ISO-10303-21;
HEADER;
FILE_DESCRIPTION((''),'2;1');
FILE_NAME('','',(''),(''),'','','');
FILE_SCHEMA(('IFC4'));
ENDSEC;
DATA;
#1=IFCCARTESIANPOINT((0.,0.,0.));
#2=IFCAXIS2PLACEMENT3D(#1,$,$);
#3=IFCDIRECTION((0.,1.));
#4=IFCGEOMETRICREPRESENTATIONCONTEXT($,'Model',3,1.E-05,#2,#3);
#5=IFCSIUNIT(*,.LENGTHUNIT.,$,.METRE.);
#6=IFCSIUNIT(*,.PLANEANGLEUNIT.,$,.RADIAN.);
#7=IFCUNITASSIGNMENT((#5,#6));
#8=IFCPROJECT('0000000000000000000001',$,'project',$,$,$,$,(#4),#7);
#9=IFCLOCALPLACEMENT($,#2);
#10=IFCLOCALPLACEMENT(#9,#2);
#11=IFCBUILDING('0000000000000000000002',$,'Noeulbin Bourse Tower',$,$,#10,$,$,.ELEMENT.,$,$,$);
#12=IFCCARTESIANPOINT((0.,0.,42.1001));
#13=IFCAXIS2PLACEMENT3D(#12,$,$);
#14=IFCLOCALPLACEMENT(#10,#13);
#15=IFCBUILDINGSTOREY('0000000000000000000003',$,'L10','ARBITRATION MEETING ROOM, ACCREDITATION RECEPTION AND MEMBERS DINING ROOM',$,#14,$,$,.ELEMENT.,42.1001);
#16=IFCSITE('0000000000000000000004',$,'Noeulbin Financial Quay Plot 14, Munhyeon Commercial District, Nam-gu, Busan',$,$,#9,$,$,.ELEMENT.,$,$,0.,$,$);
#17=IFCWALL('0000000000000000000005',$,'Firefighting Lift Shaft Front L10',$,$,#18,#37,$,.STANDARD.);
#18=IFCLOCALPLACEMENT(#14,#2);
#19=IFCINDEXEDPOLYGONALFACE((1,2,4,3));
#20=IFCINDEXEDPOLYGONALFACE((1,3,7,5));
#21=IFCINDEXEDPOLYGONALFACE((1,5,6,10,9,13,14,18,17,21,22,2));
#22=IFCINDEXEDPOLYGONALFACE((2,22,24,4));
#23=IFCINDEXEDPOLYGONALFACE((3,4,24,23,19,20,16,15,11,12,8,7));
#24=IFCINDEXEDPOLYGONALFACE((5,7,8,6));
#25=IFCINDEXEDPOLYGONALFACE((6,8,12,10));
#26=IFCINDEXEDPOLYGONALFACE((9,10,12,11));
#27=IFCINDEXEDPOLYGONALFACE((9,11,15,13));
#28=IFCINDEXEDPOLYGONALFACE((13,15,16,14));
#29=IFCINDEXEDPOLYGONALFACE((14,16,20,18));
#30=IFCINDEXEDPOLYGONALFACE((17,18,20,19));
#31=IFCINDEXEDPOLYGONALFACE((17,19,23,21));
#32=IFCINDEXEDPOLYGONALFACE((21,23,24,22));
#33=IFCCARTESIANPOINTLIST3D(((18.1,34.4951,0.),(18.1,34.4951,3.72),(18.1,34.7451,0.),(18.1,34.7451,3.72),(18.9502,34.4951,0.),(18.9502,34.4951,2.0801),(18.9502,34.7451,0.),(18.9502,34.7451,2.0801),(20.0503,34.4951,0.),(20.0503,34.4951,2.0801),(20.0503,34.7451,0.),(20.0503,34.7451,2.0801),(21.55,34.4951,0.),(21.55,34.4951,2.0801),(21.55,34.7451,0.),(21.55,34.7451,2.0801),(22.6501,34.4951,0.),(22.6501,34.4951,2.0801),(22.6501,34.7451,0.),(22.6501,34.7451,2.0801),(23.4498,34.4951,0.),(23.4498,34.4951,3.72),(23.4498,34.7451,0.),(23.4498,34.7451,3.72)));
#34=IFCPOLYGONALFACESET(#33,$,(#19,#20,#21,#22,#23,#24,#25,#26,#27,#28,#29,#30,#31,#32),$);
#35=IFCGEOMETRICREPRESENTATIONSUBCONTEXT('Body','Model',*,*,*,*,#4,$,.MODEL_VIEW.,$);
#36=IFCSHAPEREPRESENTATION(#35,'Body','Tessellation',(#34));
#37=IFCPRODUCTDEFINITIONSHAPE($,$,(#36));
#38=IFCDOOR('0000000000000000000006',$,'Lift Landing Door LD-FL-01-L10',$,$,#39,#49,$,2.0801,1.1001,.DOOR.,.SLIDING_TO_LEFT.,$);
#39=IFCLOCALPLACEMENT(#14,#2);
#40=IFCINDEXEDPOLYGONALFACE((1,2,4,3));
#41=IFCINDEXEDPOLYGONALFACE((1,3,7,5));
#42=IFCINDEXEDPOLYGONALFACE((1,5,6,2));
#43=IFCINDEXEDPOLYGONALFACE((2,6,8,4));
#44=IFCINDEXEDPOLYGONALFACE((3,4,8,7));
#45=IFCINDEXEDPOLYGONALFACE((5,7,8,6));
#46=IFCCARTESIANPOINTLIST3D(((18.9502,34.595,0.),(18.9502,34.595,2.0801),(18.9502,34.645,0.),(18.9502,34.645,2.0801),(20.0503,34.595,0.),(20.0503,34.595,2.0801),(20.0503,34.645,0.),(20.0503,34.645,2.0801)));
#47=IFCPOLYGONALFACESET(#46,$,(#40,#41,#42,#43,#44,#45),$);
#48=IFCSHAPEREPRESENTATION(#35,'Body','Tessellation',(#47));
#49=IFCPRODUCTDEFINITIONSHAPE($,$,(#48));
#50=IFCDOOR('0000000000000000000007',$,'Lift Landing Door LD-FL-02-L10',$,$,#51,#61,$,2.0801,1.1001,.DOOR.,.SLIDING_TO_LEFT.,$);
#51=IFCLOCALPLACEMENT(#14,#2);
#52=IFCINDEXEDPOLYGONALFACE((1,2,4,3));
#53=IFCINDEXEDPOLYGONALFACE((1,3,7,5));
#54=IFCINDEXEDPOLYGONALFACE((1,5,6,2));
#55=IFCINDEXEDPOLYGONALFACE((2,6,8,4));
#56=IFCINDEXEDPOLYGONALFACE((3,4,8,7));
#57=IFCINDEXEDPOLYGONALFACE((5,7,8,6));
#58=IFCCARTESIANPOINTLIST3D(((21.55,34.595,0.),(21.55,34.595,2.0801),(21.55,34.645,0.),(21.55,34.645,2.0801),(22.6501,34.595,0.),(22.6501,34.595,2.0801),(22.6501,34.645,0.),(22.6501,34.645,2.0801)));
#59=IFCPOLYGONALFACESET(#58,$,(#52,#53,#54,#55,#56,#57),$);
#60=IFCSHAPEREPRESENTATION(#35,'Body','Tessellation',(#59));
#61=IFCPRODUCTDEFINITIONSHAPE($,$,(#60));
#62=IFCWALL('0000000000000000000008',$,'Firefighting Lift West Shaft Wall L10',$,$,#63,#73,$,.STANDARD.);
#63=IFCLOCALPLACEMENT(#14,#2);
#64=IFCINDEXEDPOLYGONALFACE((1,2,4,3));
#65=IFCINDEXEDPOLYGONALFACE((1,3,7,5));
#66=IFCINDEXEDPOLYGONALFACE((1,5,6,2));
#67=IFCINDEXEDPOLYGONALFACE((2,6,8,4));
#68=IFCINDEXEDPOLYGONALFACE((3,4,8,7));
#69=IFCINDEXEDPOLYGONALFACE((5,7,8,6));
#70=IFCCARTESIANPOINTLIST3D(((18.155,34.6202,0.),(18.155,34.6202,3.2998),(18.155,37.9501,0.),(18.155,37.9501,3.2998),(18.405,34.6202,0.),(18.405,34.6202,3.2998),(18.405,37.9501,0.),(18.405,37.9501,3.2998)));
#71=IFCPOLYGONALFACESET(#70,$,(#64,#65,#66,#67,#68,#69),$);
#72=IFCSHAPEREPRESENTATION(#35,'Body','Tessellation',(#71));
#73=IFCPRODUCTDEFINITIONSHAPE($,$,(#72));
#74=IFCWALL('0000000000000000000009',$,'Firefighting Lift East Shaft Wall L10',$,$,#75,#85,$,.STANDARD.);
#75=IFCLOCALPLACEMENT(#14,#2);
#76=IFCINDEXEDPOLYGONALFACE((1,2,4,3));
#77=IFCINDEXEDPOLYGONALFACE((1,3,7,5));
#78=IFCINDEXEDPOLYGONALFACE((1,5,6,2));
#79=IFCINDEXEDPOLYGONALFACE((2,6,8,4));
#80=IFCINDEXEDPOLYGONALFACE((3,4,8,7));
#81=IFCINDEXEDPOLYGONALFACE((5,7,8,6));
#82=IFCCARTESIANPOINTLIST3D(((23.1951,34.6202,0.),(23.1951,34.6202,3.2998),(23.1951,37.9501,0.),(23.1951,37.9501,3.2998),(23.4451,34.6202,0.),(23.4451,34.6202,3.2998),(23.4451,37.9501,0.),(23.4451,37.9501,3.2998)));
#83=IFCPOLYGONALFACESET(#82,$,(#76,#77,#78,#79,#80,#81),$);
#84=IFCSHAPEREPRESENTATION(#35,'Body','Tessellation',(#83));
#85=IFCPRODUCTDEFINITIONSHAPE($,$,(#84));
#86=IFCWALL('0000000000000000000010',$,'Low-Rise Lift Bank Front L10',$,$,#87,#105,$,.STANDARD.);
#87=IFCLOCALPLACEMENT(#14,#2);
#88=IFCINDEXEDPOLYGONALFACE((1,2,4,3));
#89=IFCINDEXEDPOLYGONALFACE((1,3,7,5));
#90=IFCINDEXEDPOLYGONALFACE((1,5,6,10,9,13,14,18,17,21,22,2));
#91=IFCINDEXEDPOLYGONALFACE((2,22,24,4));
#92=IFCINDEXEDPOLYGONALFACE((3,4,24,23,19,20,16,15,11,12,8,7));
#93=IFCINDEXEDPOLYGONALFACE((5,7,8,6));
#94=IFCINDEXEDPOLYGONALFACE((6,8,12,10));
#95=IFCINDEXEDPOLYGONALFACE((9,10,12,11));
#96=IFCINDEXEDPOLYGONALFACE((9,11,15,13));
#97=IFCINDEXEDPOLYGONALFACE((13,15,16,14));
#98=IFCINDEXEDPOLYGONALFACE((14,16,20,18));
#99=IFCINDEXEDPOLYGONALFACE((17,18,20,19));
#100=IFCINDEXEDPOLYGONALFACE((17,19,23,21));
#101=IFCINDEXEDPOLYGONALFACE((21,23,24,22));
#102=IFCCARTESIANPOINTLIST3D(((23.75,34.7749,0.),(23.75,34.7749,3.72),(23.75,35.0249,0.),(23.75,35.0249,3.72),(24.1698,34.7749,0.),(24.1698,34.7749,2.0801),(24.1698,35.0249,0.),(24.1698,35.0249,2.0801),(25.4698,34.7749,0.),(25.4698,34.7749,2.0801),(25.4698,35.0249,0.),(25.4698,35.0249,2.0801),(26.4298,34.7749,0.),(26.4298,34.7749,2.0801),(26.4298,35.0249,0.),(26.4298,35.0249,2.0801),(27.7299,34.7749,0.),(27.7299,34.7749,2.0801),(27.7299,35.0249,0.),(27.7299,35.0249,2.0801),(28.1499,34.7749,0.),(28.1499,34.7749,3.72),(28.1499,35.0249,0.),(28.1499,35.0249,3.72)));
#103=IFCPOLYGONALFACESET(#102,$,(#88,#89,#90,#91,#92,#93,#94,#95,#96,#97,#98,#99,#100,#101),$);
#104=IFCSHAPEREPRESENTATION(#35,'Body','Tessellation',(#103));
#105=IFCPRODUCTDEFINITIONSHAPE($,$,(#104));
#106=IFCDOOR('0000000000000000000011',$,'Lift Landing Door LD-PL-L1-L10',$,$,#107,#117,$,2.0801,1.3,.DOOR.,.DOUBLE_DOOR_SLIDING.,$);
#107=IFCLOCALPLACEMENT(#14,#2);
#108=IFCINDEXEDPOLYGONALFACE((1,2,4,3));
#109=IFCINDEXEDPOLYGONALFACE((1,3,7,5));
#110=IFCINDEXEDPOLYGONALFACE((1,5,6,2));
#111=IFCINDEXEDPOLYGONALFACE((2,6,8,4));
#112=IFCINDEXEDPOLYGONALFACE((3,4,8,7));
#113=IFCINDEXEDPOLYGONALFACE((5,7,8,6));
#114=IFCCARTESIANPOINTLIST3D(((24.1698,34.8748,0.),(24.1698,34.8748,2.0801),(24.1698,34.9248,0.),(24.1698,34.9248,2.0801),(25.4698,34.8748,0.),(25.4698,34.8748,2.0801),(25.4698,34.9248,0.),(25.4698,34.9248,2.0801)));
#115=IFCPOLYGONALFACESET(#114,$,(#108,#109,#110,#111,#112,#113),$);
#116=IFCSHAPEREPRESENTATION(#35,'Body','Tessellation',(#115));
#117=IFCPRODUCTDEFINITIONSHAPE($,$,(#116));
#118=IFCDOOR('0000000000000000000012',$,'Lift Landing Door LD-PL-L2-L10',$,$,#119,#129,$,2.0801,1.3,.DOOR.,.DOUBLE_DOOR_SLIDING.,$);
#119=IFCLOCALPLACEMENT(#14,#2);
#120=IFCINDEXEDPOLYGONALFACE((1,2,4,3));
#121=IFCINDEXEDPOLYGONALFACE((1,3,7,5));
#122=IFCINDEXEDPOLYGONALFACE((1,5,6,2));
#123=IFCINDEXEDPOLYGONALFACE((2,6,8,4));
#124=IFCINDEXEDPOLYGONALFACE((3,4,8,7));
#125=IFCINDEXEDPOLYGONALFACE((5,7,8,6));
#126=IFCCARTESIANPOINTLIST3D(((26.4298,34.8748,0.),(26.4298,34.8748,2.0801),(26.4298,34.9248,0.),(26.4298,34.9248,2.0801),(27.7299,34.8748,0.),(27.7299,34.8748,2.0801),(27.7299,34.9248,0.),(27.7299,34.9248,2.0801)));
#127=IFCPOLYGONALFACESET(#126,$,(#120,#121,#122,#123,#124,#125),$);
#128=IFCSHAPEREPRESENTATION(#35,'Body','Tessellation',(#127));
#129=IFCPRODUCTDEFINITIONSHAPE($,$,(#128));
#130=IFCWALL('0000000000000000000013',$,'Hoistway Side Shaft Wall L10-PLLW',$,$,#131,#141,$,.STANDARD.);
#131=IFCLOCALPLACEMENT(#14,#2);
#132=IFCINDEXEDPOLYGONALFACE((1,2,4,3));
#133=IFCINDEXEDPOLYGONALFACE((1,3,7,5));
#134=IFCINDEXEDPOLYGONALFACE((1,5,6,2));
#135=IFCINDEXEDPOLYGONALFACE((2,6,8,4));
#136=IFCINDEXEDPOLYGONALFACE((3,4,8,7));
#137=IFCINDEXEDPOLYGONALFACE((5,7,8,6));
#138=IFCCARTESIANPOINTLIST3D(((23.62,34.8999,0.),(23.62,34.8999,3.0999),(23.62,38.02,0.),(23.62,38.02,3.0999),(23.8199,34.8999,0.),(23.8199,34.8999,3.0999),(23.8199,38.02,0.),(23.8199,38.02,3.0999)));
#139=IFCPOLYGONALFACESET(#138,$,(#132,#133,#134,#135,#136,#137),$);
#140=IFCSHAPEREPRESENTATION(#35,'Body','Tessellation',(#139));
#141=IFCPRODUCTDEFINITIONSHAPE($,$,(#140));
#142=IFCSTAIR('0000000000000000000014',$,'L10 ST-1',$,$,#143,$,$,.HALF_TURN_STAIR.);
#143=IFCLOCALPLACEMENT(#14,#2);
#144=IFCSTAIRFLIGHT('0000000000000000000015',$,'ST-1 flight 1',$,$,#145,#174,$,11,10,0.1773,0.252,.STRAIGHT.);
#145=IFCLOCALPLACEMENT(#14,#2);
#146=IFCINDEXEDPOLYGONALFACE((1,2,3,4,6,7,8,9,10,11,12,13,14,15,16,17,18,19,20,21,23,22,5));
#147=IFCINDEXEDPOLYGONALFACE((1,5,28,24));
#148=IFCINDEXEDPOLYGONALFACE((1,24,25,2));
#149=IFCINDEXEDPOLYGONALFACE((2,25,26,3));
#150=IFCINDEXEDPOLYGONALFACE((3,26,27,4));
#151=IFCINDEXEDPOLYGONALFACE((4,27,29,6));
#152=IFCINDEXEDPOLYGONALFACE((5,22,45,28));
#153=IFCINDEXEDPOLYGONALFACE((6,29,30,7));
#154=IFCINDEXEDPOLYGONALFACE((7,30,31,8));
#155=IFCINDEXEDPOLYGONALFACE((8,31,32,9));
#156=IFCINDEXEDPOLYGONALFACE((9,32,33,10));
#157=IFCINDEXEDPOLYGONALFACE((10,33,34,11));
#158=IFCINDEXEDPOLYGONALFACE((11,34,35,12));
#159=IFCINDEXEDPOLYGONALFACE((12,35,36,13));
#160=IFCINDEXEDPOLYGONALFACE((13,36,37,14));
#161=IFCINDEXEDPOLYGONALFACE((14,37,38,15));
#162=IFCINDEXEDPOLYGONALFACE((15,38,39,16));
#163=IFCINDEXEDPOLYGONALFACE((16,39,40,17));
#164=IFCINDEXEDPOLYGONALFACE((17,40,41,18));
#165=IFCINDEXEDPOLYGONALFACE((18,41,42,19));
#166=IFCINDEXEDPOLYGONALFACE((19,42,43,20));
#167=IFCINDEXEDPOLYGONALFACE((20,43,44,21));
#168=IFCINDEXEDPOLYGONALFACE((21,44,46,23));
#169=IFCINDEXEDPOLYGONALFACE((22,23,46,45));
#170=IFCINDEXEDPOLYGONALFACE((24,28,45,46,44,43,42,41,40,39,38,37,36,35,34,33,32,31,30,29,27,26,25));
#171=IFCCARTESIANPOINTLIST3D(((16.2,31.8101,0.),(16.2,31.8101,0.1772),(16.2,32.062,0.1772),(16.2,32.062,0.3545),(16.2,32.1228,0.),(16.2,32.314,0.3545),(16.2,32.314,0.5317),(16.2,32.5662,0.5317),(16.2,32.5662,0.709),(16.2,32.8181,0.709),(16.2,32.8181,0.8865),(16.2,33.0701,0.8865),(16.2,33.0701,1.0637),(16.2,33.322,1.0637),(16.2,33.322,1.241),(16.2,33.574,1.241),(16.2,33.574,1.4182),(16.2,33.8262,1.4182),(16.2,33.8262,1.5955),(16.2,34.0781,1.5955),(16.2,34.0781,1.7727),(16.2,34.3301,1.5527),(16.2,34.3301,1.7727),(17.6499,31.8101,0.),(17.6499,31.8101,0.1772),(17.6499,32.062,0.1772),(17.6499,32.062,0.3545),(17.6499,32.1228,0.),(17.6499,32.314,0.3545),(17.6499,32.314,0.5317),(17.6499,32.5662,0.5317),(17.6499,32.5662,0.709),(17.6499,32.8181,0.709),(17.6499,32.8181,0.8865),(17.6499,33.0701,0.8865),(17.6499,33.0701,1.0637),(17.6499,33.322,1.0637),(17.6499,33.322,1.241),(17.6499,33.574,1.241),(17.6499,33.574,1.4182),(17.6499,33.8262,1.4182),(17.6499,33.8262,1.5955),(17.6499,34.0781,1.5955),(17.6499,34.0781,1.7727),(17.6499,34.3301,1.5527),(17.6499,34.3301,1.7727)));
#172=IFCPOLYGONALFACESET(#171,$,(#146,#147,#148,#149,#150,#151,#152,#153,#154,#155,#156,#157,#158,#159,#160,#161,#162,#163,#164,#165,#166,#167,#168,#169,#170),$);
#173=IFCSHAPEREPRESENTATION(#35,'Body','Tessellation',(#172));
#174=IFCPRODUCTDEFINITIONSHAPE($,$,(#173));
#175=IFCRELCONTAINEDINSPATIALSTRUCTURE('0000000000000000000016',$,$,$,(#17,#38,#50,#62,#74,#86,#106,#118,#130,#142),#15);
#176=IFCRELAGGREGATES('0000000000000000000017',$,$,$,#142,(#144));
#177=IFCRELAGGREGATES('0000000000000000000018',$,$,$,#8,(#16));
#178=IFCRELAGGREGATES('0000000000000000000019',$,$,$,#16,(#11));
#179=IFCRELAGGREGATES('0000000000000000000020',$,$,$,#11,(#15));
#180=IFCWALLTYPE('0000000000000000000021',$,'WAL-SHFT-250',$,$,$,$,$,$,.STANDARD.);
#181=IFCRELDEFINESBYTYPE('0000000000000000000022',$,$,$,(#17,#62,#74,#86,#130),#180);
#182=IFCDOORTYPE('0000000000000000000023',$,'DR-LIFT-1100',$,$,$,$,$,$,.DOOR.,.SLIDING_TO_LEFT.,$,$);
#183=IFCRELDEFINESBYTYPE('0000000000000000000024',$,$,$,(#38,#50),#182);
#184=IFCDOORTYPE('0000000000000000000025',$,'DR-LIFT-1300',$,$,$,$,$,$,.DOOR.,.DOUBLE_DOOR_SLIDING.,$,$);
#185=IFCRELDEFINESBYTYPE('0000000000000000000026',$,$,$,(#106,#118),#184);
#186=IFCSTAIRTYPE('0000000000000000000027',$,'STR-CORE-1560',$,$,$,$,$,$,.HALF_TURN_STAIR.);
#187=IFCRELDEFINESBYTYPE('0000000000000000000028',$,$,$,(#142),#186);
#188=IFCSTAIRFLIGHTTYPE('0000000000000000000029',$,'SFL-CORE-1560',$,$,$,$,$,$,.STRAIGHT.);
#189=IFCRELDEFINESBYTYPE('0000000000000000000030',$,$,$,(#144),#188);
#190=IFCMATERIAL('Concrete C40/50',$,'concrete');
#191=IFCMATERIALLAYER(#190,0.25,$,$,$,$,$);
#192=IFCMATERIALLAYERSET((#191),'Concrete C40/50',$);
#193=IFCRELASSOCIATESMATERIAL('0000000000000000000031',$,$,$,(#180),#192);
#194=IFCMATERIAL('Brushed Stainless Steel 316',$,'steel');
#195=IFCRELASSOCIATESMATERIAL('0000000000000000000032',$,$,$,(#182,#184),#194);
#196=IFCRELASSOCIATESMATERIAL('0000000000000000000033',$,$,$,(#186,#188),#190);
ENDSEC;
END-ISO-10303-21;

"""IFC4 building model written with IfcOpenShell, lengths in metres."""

from ifc_helpers import new_model, si_unit, direction, frame, frame_2d, origin, place, context, subcontext, project, spatial, polyline, rectangle, outline, extrude, material, layer, layer_set, type_object, element, fill, aggregate, save


model = new_model("IFC4")

# Units and contexts
model_context = context("Model", 3, precision=1e-05, world=origin(), true_north=direction((0.0, 1.0)))
body_context = subcontext(model_context, "Body", "Model", "MODEL_VIEW")
ifc_project = project(units=[si_unit("LENGTHUNIT", "METRE"), si_unit("PLANEANGLEUNIT", "RADIAN")], contexts=[model_context])

# Site, building, storey
site_placement = place(None, origin())
site = spatial("IfcSite", under=ifc_project, at=site_placement, Name="Noeulbin Financial Quay Plot 14, Munhyeon Commercial District, Nam-gu, Busan", CompositionType="ELEMENT", RefElevation=0.0)
building_placement = place(site_placement, origin())
building = spatial("IfcBuilding", under=site, at=building_placement, Name="Noeulbin Bourse Tower", CompositionType="ELEMENT")
storey_placement = place(building_placement, frame((0.0, 0.0, 42.1001)))
storey = spatial("IfcBuildingStorey", under=building, at=storey_placement, Name="L10", Description="ARBITRATION MEETING ROOM, ACCREDITATION RECEPTION AND MEMBERS DINING ROOM", CompositionType="ELEMENT", Elevation=42.1001)

# Shared definitions
ifc_material_1 = material(Name="Concrete C40/50", Category="concrete")

# Shared definitions
ifc_layer_1 = layer(ifc_material_1, 0.25)
ifc_layer_set_1 = layer_set([ifc_layer_1], Name="Concrete C40/50")
wall_type_1 = type_object("IfcWallType", Name="WAL-SHFT-250", PredefinedType="STANDARD", material=ifc_layer_set_1)

# Wall, openings, doors
wall_1_placement = place(storey_placement, frame((18.1001, 34.6201, 0.0), z_axis=(0.0, 0.0, 1.0), x_axis=(1.0, 0.0, 0.0)))
wall_1 = element("IfcWall", 1, at=wall_1_placement, inside=storey, type_object=wall_type_1, Name="Firefighting Lift Shaft Front L10", PredefinedType="STANDARD", context=body_context, shape_type="SweptSolid", body=[
    extrude(rectangle(XDim=5.3499, YDim=0.25, at=frame_2d((2.6748, 0.0))), origin(), (0.0, 0.0, 1.0), 3.72),
])
opening_1_placement = place(wall_1_placement, frame((0.8501, 0.0, 0.0)))
opening_1 = element("IfcOpeningElement", 2, at=opening_1_placement, cuts=wall_1, PredefinedType="OPENING", context=body_context, shape_type="SweptSolid", body=[
    extrude(rectangle(XDim=1.1001, YDim=2.0801, at=frame_2d((0.55, 1.04))), frame((0.0, 0.135, 0.0), z_axis=(0.0, -1.0, 0.0), x_axis=(1.0, 0.0, 0.0)), (0.0, 0.0, 1.0), 0.27),
])
opening_2_placement = place(wall_1_placement, frame((3.45, 0.0, 0.0)))
opening_2 = element("IfcOpeningElement", 3, at=opening_2_placement, cuts=wall_1, PredefinedType="OPENING", context=body_context, shape_type="SweptSolid", body=[
    extrude(rectangle(XDim=1.1001, YDim=2.0801, at=frame_2d((0.55, 1.04))), frame((0.0, 0.135, 0.0), z_axis=(0.0, -1.0, 0.0), x_axis=(1.0, 0.0, 0.0)), (0.0, 0.0, 1.0), 0.27),
])
ifc_material_2 = material(Name="Brushed Stainless Steel 316", Category="steel")
door_type_1 = type_object("IfcDoorType", Name="DR-LIFT-1100", OperationType="SLIDING_TO_LEFT", PredefinedType="DOOR", material=ifc_material_2)
door_1_placement = place(opening_1_placement, origin())
door_1 = element("IfcDoor", 4, at=door_1_placement, inside=storey, type_object=door_type_1, Name="Lift Landing Door LD-FL-01-L10", OperationType="SLIDING_TO_LEFT", OverallHeight=2.0801, OverallWidth=1.1001, PredefinedType="DOOR", context=body_context, shape_type="SweptSolid", body=[
    extrude(rectangle(XDim=1.1001, YDim=2.0801, at=frame_2d((0.55, 1.04))), frame((0.0, 0.0249, 0.0), z_axis=(0.0, -1.0, 0.0), x_axis=(1.0, 0.0, 0.0)), (0.0, 0.0, 1.0), 0.05),
])
fill(opening_1, door_1)
door_2_placement = place(opening_2_placement, origin())
door_2 = element("IfcDoor", 5, at=door_2_placement, inside=storey, type_object=door_type_1, Name="Lift Landing Door LD-FL-02-L10", OperationType="SLIDING_TO_LEFT", OverallHeight=2.0801, OverallWidth=1.1001, PredefinedType="DOOR", context=body_context, shape_type="SweptSolid", body=[
    extrude(rectangle(XDim=1.1001, YDim=2.0801, at=frame_2d((0.55, 1.04))), frame((0.0, 0.0249, 0.0), z_axis=(0.0, -1.0, 0.0), x_axis=(1.0, 0.0, 0.0)), (0.0, 0.0, 1.0), 0.05),
])
fill(opening_2, door_2)

# Walls
for number, where, z_axis, x_axis, name in (
    (6, (18.28, 34.6201, 0.0), (0.0, 0.0, 1.0), (0.0, 1.0, 0.0), "Firefighting Lift West Shaft Wall L10"),
    (7, (23.3201, 34.6201, 0.0), (0.0, 0.0, 1.0), (0.0, 1.0, 0.0), "Firefighting Lift East Shaft Wall L10"),
):
    element("IfcWall", number, at=place(storey_placement, frame(where, z_axis=z_axis, x_axis=x_axis)), inside=storey, type_object=wall_type_1, Name=name, PredefinedType="STANDARD", context=body_context, shape_type="SweptSolid", body=[
        extrude(rectangle(XDim=3.3298, YDim=0.25, at=frame_2d((1.665, 0.0))), origin(), (0.0, 0.0, 1.0), 3.2998),
    ])

# Wall, openings, doors
wall_2_placement = place(storey_placement, frame((23.75, 34.8999, 0.0), z_axis=(0.0, 0.0, 1.0), x_axis=(1.0, 0.0, 0.0)))
wall_2 = element("IfcWall", 8, at=wall_2_placement, inside=storey, type_object=wall_type_1, Name="Low-Rise Lift Bank Front L10", PredefinedType="STANDARD", context=body_context, shape_type="SweptSolid", body=[
    extrude(rectangle(XDim=4.3999, YDim=0.25, at=frame_2d((2.2, 0.0))), origin(), (0.0, 0.0, 1.0), 3.72),
])
opening_3_placement = place(wall_2_placement, frame((0.4199, 0.0, 0.0)))
opening_3 = element("IfcOpeningElement", 9, at=opening_3_placement, cuts=wall_2, PredefinedType="OPENING", context=body_context, shape_type="SweptSolid", body=[
    extrude(rectangle(XDim=1.3, YDim=2.0801, at=frame_2d((0.6499, 1.04))), frame((0.0, 0.135, 0.0), z_axis=(0.0, -1.0, 0.0), x_axis=(1.0, 0.0, 0.0)), (0.0, 0.0, 1.0), 0.27),
])
opening_4_placement = place(wall_2_placement, frame((2.6799, 0.0, 0.0)))
opening_4 = element("IfcOpeningElement", 10, at=opening_4_placement, cuts=wall_2, PredefinedType="OPENING", context=body_context, shape_type="SweptSolid", body=[
    extrude(rectangle(XDim=1.3, YDim=2.0801, at=frame_2d((0.6499, 1.04))), frame((0.0, 0.135, 0.0), z_axis=(0.0, -1.0, 0.0), x_axis=(1.0, 0.0, 0.0)), (0.0, 0.0, 1.0), 0.27),
])
door_type_2 = type_object("IfcDoorType", Name="DR-LIFT-1300", OperationType="DOUBLE_DOOR_SLIDING", PredefinedType="DOOR", material=ifc_material_2)
door_3_placement = place(opening_3_placement, origin())
door_3 = element("IfcDoor", 11, at=door_3_placement, inside=storey, type_object=door_type_2, Name="Lift Landing Door LD-PL-L1-L10", OperationType="DOUBLE_DOOR_SLIDING", OverallHeight=2.0801, OverallWidth=1.3, PredefinedType="DOOR", context=body_context, shape_type="SweptSolid", body=[
    extrude(rectangle(XDim=1.3, YDim=2.0801, at=frame_2d((0.6499, 1.04))), frame((0.0, 0.0249, 0.0), z_axis=(0.0, -1.0, 0.0), x_axis=(1.0, 0.0, 0.0)), (0.0, 0.0, 1.0), 0.05),
])
fill(opening_3, door_3)
door_4_placement = place(opening_4_placement, origin())
door_4 = element("IfcDoor", 12, at=door_4_placement, inside=storey, type_object=door_type_2, Name="Lift Landing Door LD-PL-L2-L10", OperationType="DOUBLE_DOOR_SLIDING", OverallHeight=2.0801, OverallWidth=1.3, PredefinedType="DOOR", context=body_context, shape_type="SweptSolid", body=[
    extrude(rectangle(XDim=1.3, YDim=2.0801, at=frame_2d((0.6499, 1.04))), frame((0.0, 0.0249, 0.0), z_axis=(0.0, -1.0, 0.0), x_axis=(1.0, 0.0, 0.0)), (0.0, 0.0, 1.0), 0.05),
])
fill(opening_4, door_4)

# Wall
wall_3_placement = place(storey_placement, frame((23.72, 34.8999, 0.0), z_axis=(0.0, 0.0, 1.0), x_axis=(0.0, 1.0, 0.0)))
element("IfcWall", 13, at=wall_3_placement, inside=storey, type_object=wall_type_1, Name="Hoistway Side Shaft Wall L10-PLLW", PredefinedType="STANDARD", context=body_context, shape_type="SweptSolid", body=[
    extrude(rectangle(XDim=3.1201, YDim=0.2, at=frame_2d((1.5601, 0.0))), origin(), (0.0, 0.0, 1.0), 3.0999),
])

# Stair, stair flight
stair_type = type_object("IfcStairType", Name="STR-CORE-1560", PredefinedType="HALF_TURN_STAIR", material=ifc_material_1)
stair_placement = place(storey_placement, origin())
stair = element("IfcStair", 14, at=stair_placement, inside=storey, type_object=stair_type, Name="L10 ST-1", PredefinedType="HALF_TURN_STAIR")
stair_flight_type = type_object("IfcStairFlightType", Name="SFL-CORE-1560", PredefinedType="STRAIGHT", material=ifc_material_1)
stair_flight_1_placement = place(storey_placement, frame((16.925, 31.8101, 0.0), z_axis=(0.0, 0.0, 1.0), x_axis=(0.0, 1.0, 0.0)))
stair_flight_1 = element("IfcStairFlight", 15, at=stair_flight_1_placement, type_object=stair_flight_type, Name="ST-1 flight 1", NumberOfRisers=11, NumberOfTreads=10, PredefinedType="STRAIGHT", RiserHeight=0.1773, TreadLength=0.252, context=body_context, shape_type="SweptSolid", body=[
    extrude(outline(polyline([(0.0, 0.0), (0.0, 0.1772), (0.252, 0.1772), (0.252, 0.3545), (0.5039, 0.3545), (0.5039, 0.5317), (0.7561, 0.5317), (0.7561, 0.709), (1.0081, 0.709), (1.0081, 0.8865), (1.26, 0.8865), (1.26, 1.0637), (1.512, 1.0637), (1.512, 1.241), (1.7639, 1.241), (1.7639, 1.4182), (2.0161, 1.4182), (2.0161, 1.5955), (2.2681, 1.5955), (2.2681, 1.7727), (2.52, 1.7727), (2.52, 1.95), (2.52, 1.5527), (0.3127, 0.0), (0.0, 0.0)])), frame((0.0, 0.7251, 0.0), z_axis=(0.0, -1.0, 0.0), x_axis=(1.0, 0.0, 0.0)), (0.0, 0.0, 1.0), 1.45),
])
aggregate(stair, [stair_flight_1])

save(model, "model.ifc")
